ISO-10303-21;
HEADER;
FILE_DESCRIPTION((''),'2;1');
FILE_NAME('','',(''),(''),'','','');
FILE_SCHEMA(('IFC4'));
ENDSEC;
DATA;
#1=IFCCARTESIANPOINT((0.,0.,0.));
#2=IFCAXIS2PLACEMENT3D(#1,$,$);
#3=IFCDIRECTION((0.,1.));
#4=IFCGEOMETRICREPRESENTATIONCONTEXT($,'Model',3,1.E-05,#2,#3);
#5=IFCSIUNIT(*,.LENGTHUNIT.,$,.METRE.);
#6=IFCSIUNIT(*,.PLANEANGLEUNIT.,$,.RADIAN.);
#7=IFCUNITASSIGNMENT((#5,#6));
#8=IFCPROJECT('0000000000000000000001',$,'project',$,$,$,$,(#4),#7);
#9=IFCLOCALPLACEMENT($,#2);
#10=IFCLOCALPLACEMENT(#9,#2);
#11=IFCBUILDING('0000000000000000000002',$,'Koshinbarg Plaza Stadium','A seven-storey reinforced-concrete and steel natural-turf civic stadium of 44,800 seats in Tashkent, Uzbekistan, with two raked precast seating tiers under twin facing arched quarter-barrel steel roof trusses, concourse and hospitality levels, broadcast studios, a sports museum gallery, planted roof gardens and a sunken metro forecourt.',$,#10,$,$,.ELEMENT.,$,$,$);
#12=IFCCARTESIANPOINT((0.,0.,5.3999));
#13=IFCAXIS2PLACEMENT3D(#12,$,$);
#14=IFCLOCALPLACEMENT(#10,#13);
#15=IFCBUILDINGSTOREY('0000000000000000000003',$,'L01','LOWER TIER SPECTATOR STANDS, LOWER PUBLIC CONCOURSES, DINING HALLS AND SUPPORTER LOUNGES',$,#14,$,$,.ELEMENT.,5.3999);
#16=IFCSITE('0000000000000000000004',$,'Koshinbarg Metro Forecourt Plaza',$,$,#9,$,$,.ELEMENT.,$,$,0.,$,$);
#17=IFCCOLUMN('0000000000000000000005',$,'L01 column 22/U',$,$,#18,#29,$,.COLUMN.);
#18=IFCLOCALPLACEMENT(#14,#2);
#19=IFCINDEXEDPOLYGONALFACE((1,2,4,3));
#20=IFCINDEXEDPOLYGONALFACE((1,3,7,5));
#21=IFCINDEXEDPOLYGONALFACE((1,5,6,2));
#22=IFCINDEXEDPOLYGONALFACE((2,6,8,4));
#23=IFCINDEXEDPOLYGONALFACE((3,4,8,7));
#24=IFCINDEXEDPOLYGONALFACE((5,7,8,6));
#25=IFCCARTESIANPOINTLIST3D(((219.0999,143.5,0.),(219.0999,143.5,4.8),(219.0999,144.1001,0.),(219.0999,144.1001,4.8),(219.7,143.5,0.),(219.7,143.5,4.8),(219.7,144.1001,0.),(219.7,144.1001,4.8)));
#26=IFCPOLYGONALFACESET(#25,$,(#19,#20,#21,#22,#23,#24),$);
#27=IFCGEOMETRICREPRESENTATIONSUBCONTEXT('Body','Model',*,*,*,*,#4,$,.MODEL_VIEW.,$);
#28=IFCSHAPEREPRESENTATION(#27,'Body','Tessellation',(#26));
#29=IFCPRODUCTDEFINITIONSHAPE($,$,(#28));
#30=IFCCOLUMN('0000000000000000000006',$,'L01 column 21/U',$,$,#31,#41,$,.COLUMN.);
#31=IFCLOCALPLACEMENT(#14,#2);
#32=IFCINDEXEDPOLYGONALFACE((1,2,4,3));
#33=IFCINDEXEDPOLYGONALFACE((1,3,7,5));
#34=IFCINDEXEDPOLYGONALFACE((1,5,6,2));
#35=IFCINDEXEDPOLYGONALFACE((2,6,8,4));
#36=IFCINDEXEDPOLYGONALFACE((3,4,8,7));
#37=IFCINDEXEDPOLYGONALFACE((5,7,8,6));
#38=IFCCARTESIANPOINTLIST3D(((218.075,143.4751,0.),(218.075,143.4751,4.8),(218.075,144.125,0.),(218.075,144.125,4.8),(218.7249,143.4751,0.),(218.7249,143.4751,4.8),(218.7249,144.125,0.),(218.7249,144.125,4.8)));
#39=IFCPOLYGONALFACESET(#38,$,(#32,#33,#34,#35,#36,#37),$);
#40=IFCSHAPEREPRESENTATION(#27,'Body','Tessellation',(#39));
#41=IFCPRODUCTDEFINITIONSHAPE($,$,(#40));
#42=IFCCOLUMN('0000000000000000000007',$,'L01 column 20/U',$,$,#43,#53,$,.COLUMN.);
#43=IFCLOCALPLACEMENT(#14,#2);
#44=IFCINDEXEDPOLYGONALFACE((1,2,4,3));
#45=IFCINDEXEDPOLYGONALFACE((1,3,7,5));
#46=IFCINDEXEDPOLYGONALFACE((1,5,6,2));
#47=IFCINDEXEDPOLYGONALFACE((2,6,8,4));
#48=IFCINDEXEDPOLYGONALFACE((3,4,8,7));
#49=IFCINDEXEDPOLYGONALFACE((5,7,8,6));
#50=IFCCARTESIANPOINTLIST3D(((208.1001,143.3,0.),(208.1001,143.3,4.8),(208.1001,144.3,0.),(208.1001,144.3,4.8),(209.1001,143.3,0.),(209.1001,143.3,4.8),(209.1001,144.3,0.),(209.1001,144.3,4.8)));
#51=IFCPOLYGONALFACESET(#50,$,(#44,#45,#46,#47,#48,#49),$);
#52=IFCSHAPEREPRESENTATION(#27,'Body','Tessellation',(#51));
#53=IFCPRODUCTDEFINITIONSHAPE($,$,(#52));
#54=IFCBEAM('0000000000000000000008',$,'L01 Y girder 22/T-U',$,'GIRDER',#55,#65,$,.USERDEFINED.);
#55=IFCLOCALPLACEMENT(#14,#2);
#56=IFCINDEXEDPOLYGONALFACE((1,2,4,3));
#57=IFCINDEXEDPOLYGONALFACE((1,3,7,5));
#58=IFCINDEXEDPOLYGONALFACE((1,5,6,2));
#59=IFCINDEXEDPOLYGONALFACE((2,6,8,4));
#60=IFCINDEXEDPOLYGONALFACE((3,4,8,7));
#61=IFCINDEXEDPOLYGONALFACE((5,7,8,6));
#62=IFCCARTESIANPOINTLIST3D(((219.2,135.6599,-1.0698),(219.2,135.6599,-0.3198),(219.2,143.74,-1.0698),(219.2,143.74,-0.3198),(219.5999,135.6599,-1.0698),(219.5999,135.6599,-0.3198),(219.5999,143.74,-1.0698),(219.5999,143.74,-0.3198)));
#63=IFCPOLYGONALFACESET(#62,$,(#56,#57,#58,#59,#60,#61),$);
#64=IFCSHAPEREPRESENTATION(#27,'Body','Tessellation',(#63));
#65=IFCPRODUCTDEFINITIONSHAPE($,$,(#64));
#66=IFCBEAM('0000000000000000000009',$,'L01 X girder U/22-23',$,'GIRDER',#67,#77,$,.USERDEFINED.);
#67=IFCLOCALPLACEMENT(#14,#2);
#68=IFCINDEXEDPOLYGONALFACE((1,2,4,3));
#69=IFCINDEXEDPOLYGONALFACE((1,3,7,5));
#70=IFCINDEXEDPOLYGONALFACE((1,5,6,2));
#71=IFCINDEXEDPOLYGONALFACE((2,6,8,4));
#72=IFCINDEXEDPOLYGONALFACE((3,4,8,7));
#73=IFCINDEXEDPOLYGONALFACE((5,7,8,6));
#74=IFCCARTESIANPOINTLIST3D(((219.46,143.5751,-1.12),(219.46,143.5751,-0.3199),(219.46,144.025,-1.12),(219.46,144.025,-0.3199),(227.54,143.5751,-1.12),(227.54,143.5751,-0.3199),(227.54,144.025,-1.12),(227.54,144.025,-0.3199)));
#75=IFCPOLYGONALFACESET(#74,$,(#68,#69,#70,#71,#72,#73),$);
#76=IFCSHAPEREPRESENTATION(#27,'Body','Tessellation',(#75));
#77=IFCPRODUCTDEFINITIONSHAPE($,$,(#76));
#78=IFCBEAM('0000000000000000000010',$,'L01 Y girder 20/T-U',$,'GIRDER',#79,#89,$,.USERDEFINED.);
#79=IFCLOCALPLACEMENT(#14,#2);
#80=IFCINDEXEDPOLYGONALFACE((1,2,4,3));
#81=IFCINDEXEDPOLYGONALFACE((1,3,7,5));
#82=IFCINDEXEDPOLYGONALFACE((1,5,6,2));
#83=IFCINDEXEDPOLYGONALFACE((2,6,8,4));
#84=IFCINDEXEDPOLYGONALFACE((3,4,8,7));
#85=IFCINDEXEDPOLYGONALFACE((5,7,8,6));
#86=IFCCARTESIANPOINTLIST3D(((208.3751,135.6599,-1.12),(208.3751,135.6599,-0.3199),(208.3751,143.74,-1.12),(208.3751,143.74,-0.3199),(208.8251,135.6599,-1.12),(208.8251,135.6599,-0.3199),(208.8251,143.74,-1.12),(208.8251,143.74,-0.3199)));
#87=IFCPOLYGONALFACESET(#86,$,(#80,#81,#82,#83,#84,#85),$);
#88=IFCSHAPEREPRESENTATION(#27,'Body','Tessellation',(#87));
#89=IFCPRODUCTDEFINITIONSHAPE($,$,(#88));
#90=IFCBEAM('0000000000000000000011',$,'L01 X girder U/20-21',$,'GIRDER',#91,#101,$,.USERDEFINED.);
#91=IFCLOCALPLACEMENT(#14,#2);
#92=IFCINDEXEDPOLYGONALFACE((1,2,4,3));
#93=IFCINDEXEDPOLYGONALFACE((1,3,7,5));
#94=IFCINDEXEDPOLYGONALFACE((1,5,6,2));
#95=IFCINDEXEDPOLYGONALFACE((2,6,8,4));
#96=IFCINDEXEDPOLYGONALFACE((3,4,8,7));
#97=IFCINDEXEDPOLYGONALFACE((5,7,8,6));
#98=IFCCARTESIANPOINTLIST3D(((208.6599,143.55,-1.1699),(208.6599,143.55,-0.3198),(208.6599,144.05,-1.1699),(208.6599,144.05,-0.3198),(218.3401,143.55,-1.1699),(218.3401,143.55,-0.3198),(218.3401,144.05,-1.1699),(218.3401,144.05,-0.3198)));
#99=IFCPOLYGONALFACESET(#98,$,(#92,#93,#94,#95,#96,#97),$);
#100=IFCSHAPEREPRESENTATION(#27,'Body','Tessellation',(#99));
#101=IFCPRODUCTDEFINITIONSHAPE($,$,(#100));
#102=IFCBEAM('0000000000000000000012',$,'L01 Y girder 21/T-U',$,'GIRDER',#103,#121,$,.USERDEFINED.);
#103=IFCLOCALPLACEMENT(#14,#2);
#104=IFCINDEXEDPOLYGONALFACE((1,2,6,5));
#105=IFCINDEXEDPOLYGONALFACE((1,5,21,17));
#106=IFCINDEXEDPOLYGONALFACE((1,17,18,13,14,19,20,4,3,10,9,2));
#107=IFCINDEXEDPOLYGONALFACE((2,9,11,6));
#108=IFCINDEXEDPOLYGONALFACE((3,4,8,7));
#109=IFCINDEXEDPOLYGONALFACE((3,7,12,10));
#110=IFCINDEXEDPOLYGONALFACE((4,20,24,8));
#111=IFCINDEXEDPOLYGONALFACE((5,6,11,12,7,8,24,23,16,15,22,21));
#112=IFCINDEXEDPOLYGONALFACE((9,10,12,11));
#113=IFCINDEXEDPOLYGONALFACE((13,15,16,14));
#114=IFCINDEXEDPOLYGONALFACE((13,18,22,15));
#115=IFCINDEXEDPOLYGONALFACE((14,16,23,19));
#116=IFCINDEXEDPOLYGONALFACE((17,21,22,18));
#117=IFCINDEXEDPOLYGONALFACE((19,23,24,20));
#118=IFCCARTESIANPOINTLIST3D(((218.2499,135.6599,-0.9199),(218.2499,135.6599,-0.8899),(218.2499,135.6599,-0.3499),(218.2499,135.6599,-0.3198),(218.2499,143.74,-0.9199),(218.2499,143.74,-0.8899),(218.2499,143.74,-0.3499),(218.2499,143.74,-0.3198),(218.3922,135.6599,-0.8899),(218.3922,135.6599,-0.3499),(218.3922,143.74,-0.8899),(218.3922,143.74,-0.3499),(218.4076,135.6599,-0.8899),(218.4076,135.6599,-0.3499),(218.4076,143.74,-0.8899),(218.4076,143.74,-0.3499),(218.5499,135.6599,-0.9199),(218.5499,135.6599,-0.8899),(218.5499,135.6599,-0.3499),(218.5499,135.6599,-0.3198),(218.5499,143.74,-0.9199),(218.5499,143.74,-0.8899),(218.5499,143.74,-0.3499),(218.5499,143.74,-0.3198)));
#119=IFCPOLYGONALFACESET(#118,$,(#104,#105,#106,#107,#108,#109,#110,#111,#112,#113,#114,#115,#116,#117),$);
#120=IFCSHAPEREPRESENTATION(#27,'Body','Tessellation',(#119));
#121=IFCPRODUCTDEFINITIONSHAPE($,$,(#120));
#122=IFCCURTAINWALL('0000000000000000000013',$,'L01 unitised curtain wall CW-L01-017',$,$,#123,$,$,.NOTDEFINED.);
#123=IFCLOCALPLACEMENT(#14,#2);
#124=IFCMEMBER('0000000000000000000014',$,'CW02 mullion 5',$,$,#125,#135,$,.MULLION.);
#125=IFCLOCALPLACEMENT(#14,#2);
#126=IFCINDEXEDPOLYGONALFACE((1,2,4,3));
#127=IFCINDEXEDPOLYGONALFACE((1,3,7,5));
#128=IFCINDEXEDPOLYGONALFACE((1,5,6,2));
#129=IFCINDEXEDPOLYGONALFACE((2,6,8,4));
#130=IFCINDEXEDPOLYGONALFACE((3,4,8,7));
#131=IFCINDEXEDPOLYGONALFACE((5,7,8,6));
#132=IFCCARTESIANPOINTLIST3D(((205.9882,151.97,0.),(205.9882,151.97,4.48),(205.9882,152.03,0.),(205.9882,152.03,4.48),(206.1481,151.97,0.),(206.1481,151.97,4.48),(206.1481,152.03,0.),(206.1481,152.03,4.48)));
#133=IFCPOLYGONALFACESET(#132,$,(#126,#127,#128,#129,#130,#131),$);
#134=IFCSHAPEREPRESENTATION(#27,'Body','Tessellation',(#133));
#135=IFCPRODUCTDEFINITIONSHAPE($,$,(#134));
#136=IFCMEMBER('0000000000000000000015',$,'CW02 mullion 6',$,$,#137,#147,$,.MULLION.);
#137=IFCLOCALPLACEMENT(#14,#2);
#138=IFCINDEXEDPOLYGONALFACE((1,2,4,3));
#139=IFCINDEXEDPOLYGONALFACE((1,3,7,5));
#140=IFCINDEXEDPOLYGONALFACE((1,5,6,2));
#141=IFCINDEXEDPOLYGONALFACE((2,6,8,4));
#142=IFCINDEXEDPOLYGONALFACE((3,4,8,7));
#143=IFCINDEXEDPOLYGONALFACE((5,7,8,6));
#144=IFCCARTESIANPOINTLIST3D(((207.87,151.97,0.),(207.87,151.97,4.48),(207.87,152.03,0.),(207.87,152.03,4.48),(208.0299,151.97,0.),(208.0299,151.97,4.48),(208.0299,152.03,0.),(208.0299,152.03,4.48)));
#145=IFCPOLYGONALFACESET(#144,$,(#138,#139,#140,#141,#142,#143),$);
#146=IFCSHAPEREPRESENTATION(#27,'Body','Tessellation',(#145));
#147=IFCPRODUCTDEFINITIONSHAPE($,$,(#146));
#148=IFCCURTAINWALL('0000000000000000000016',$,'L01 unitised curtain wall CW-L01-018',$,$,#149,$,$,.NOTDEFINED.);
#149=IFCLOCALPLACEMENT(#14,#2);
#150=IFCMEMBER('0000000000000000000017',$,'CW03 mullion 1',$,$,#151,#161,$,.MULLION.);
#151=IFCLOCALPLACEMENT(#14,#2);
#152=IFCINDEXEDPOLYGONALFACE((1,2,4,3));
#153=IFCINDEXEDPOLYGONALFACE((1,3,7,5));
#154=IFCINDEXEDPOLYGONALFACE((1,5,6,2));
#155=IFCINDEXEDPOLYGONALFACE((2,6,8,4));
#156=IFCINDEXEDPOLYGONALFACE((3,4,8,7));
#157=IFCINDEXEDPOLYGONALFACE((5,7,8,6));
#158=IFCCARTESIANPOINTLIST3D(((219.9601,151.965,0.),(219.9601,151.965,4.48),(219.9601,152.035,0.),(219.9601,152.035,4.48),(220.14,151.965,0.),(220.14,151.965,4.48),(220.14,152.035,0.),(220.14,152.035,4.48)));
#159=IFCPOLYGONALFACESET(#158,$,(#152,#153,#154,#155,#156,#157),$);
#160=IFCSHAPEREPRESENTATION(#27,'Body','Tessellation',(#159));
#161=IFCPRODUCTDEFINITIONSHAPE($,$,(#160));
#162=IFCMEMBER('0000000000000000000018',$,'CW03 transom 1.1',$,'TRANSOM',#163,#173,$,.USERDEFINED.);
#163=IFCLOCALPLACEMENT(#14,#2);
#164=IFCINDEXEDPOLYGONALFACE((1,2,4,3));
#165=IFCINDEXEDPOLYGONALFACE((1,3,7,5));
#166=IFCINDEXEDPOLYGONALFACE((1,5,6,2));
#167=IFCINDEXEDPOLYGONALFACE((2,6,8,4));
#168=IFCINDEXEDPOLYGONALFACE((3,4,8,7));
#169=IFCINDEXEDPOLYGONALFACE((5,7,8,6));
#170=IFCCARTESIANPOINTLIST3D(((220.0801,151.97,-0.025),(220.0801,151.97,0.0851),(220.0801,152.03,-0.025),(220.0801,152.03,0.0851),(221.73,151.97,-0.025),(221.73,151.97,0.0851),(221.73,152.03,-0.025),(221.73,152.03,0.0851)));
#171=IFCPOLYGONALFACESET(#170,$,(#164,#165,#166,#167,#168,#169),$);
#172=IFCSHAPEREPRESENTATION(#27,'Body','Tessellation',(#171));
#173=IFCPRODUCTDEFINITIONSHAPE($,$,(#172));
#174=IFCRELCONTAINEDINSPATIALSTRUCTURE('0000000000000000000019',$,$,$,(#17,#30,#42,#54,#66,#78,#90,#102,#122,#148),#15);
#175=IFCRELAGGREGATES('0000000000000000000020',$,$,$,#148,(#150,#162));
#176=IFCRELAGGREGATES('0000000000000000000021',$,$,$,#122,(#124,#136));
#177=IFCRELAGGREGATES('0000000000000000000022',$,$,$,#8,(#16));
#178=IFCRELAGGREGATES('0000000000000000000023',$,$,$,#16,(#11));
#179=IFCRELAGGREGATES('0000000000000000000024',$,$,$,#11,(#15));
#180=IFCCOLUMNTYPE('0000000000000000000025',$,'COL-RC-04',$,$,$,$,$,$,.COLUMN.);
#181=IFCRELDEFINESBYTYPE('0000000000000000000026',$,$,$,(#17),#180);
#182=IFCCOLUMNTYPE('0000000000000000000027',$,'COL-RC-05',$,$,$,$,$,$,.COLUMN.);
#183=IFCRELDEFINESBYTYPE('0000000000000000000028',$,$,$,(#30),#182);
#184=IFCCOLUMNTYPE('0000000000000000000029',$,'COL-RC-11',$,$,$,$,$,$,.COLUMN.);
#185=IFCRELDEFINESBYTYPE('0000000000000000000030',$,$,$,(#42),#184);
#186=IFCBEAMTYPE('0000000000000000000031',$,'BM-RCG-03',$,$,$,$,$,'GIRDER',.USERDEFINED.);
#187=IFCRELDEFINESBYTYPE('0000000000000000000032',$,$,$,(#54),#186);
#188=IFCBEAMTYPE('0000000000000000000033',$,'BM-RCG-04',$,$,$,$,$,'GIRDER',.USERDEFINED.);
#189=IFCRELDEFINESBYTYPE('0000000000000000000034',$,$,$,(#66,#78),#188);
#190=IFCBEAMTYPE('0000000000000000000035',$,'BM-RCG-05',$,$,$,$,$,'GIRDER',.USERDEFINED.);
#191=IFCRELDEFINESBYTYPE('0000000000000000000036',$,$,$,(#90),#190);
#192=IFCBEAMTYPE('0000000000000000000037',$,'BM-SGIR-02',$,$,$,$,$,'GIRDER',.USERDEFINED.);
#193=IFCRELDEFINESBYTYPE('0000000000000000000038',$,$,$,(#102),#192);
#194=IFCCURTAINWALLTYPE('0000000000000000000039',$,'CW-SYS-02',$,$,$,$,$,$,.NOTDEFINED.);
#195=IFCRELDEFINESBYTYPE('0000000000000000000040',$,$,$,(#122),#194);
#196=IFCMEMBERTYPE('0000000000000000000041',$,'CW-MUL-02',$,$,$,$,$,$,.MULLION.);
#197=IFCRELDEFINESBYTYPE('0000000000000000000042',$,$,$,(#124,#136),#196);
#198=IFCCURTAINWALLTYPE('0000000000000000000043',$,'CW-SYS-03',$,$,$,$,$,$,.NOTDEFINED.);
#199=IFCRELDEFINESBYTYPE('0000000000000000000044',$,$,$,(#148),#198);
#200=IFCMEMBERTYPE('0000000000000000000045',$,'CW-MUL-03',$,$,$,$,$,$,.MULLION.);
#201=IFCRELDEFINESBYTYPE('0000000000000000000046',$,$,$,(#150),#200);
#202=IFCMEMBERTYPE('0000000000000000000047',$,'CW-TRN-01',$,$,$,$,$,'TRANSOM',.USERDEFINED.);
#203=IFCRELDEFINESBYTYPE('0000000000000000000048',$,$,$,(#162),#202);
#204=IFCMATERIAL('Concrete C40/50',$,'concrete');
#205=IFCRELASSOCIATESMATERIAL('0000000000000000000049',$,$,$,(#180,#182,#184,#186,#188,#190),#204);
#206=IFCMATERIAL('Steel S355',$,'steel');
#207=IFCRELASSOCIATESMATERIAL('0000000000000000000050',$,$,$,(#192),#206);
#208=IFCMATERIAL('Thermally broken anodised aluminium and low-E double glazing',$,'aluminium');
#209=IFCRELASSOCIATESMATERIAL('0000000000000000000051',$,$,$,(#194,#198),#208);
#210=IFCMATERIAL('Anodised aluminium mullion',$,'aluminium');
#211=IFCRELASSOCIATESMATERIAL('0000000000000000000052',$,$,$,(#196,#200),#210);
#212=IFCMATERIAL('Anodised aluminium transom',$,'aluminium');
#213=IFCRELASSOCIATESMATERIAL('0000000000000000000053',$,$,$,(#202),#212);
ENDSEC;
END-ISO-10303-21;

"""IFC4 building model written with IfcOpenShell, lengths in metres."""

from ifc_helpers import new_model, si_unit, direction, frame, origin, origin_2d, place, context, subcontext, project, spatial, rectangle, i_section, extrude, material, material_profile, profile_set, type_object, element, aggregate, save


model = new_model("IFC4")

# Units and contexts
model_context = context("Model", 3, precision=1e-05, world=origin(), true_north=direction((0.0, 1.0)))
body_context = subcontext(model_context, "Body", "Model", "MODEL_VIEW")
ifc_project = project(units=[si_unit("LENGTHUNIT", "METRE"), si_unit("PLANEANGLEUNIT", "RADIAN")], contexts=[model_context])

# Site, building, storey
site_placement = place(None, origin())
site = spatial("IfcSite", under=ifc_project, at=site_placement, Name="Koshinbarg Metro Forecourt Plaza", CompositionType="ELEMENT", RefElevation=0.0)
building_placement = place(site_placement, origin())
building = spatial("IfcBuilding", under=site, at=building_placement, Name="Koshinbarg Plaza Stadium", Description="A seven-storey reinforced-concrete and steel natural-turf civic stadium of 44,800 seats in Tashkent, Uzbekistan, with two raked precast seating tiers under twin facing arched quarter-barrel steel roof trusses, concourse and hospitality levels, broadcast studios, a sports museum gallery, planted roof gardens and a sunken metro forecourt.", CompositionType="ELEMENT")
storey_placement = place(building_placement, frame((0.0, 0.0, 5.3999)))
storey = spatial("IfcBuildingStorey", under=building, at=storey_placement, Name="L01", Description="LOWER TIER SPECTATOR STANDS, LOWER PUBLIC CONCOURSES, DINING HALLS AND SUPPORTER LOUNGES", CompositionType="ELEMENT", Elevation=5.3999)

# Columns
ifc_material_1 = material(Name="Concrete C40/50", Category="concrete")
ifc_material_profile_1 = material_profile(ifc_material_1, rectangle(XDim=0.6001, YDim=0.6001, at=origin_2d()), Name="RC 600x600")
ifc_profile_set_1 = profile_set([ifc_material_profile_1], Name="Concrete C40/50")
column_type_1 = type_object("IfcColumnType", Name="COL-RC-04", PredefinedType="COLUMN", material=ifc_profile_set_1)
column_1_placement = place(storey_placement, frame((219.3999, 143.8, 0.0), z_axis=(0.0, 0.0, 1.0), x_axis=(1.0, 0.0, 0.0)))
element("IfcColumn", 1, at=column_1_placement, inside=storey, type_object=column_type_1, Name="L01 column 22/U", PredefinedType="COLUMN", context=body_context, shape_type="SweptSolid", body=[
    extrude(rectangle(XDim=0.6001, YDim=0.6001, at=origin_2d()), origin(), (0.0, 0.0, 1.0), 4.8),
])
ifc_material_profile_2 = material_profile(ifc_material_1, rectangle(XDim=0.6499, YDim=0.6499, at=origin_2d()), Name="RC 650x650")
ifc_profile_set_2 = profile_set([ifc_material_profile_2], Name="Concrete C40/50")
column_type_2 = type_object("IfcColumnType", Name="COL-RC-05", PredefinedType="COLUMN", material=ifc_profile_set_2)
column_2_placement = place(storey_placement, frame((218.3999, 143.8, 0.0), z_axis=(0.0, 0.0, 1.0), x_axis=(1.0, 0.0, 0.0)))
element("IfcColumn", 2, at=column_2_placement, inside=storey, type_object=column_type_2, Name="L01 column 21/U", PredefinedType="COLUMN", context=body_context, shape_type="SweptSolid", body=[
    extrude(rectangle(XDim=0.6499, YDim=0.6499, at=origin_2d()), origin(), (0.0, 0.0, 1.0), 4.8),
])
ifc_material_profile_3 = material_profile(ifc_material_1, rectangle(XDim=1.0, YDim=1.0, at=origin_2d()), Name="RC 1000x1000")
ifc_profile_set_3 = profile_set([ifc_material_profile_3], Name="Concrete C40/50")
column_type_3 = type_object("IfcColumnType", Name="COL-RC-11", PredefinedType="COLUMN", material=ifc_profile_set_3)
column_3_placement = place(storey_placement, frame((208.6001, 143.8, 0.0), z_axis=(0.0, 0.0, 1.0), x_axis=(1.0, 0.0, 0.0)))
element("IfcColumn", 3, at=column_3_placement, inside=storey, type_object=column_type_3, Name="L01 column 20/U", PredefinedType="COLUMN", context=body_context, shape_type="SweptSolid", body=[
    extrude(rectangle(XDim=1.0, YDim=1.0, at=origin_2d()), origin(), (0.0, 0.0, 1.0), 4.8),
])

# Beams
ifc_material_profile_4 = material_profile(ifc_material_1, rectangle(XDim=0.3999, YDim=0.75, at=origin_2d()), Name="RC 400x750")
ifc_profile_set_4 = profile_set([ifc_material_profile_4], Name="Concrete C40/50")
beam_type_1 = type_object("IfcBeamType", Name="BM-RCG-03", ElementType="GIRDER", PredefinedType="USERDEFINED", material=ifc_profile_set_4)
beam_1_placement = place(storey_placement, frame((219.3999, 135.6599, -0.6948), z_axis=(0.0, 1.0, 0.0), x_axis=(-1.0, 0.0, 0.0)))
element("IfcBeam", 4, at=beam_1_placement, inside=storey, type_object=beam_type_1, Name="L01 Y girder 22/T-U", ObjectType="GIRDER", PredefinedType="USERDEFINED", context=body_context, shape_type="SweptSolid", body=[
    extrude(rectangle(XDim=0.3999, YDim=0.75, at=origin_2d()), origin(), (0.0, 0.0, 1.0), 8.0801),
])
ifc_material_profile_5 = material_profile(ifc_material_1, rectangle(XDim=0.45, YDim=0.8, at=origin_2d()), Name="RC 450x800")
ifc_profile_set_5 = profile_set([ifc_material_profile_5], Name="Concrete C40/50")
beam_type_2 = type_object("IfcBeamType", Name="BM-RCG-04", ElementType="GIRDER", PredefinedType="USERDEFINED", material=ifc_profile_set_5)
for number, where, z_axis, x_axis, name in (
    (5, (219.46, 143.8, -0.72), (1.0, 0.0, 0.0), (0.0, 1.0, 0.0), "L01 X girder U/22-23"),
    (6, (208.6001, 135.6599, -0.72), (0.0, 1.0, 0.0), (-1.0, 0.0, 0.0), "L01 Y girder 20/T-U"),
):
    element("IfcBeam", number, at=place(storey_placement, frame(where, z_axis=z_axis, x_axis=x_axis)), inside=storey, type_object=beam_type_2, Name=name, ObjectType="GIRDER", PredefinedType="USERDEFINED", context=body_context, shape_type="SweptSolid", body=[
        extrude(rectangle(XDim=0.45, YDim=0.8, at=origin_2d()), origin(), (0.0, 0.0, 1.0), 8.0801),
    ])
ifc_material_profile_6 = material_profile(ifc_material_1, rectangle(XDim=0.5, YDim=0.8501, at=origin_2d()), Name="RC 500x850")
ifc_profile_set_6 = profile_set([ifc_material_profile_6], Name="Concrete C40/50")
beam_type_3 = type_object("IfcBeamType", Name="BM-RCG-05", ElementType="GIRDER", PredefinedType="USERDEFINED", material=ifc_profile_set_6)
beam_2_placement = place(storey_placement, frame((208.6599, 143.8, -0.7449), z_axis=(1.0, 0.0, 0.0), x_axis=(0.0, 1.0, 0.0)))
element("IfcBeam", 7, at=beam_2_placement, inside=storey, type_object=beam_type_3, Name="L01 X girder U/20-21", ObjectType="GIRDER", PredefinedType="USERDEFINED", context=body_context, shape_type="SweptSolid", body=[
    extrude(rectangle(XDim=0.5, YDim=0.8501, at=origin_2d()), origin(), (0.0, 0.0, 1.0), 9.6802),
])
ifc_material_2 = material(Name="Steel S355", Category="steel")
ifc_material_profile_7 = material_profile(ifc_material_2, i_section(OverallWidth=0.3, OverallDepth=0.6001, WebThickness=0.0154, FlangeThickness=0.03, at=origin_2d()), Name="HEB 600")
ifc_profile_set_7 = profile_set([ifc_material_profile_7], Name="Steel S355")
beam_type_4 = type_object("IfcBeamType", Name="BM-SGIR-02", ElementType="GIRDER", PredefinedType="USERDEFINED", material=ifc_profile_set_7)
beam_3_placement = place(storey_placement, frame((218.3999, 135.6599, -0.6199), z_axis=(0.0, 1.0, 0.0), x_axis=(-1.0, 0.0, 0.0)))
element("IfcBeam", 8, at=beam_3_placement, inside=storey, type_object=beam_type_4, Name="L01 Y girder 21/T-U", ObjectType="GIRDER", PredefinedType="USERDEFINED", context=body_context, shape_type="SweptSolid", body=[
    extrude(i_section(OverallWidth=0.3, OverallDepth=0.6001, WebThickness=0.0154, FlangeThickness=0.03, at=origin_2d()), origin(), (0.0, 0.0, 1.0), 8.0801),
])

# Curtain walls, members
ifc_material_3 = material(Name="Thermally broken anodised aluminium and low-E double glazing", Category="aluminium")
curtain_wall_type_1 = type_object("IfcCurtainWallType", Name="CW-SYS-02", PredefinedType="NOTDEFINED", material=ifc_material_3)
curtain_wall_1_placement = place(storey_placement, origin())
curtain_wall_1 = element("IfcCurtainWall", 9, at=curtain_wall_1_placement, inside=storey, type_object=curtain_wall_type_1, Name="L01 unitised curtain wall CW-L01-017", PredefinedType="NOTDEFINED")
ifc_material_4 = material(Name="Anodised aluminium mullion", Category="aluminium")
ifc_material_profile_8 = material_profile(ifc_material_4, rectangle(XDim=0.0601, YDim=0.1599, at=origin_2d()), Name="ALU 60x160")
ifc_profile_set_8 = profile_set([ifc_material_profile_8], Name="Anodised aluminium mullion")
member_type_1 = type_object("IfcMemberType", Name="CW-MUL-02", PredefinedType="MULLION", material=ifc_profile_set_8)
member_1_placement = place(storey_placement, frame((206.0681, 152.0, 0.0), z_axis=(0.0, 0.0, 1.0), x_axis=(0.0, 1.0, 0.0)))
member_1 = element("IfcMember", 10, at=member_1_placement, type_object=member_type_1, Name="CW02 mullion 5", PredefinedType="MULLION", context=body_context, shape_type="SweptSolid", body=[
    extrude(rectangle(XDim=0.0601, YDim=0.1599, at=origin_2d()), origin(), (0.0, 0.0, 1.0), 4.48),
])
member_2_placement = place(storey_placement, frame((207.95, 152.0, 0.0), z_axis=(0.0, 0.0, 1.0), x_axis=(0.0, 1.0, 0.0)))
member_2 = element("IfcMember", 11, at=member_2_placement, type_object=member_type_1, Name="CW02 mullion 6", PredefinedType="MULLION", context=body_context, shape_type="SweptSolid", body=[
    extrude(rectangle(XDim=0.0601, YDim=0.1599, at=origin_2d()), origin(), (0.0, 0.0, 1.0), 4.48),
])
curtain_wall_type_2 = type_object("IfcCurtainWallType", Name="CW-SYS-03", PredefinedType="NOTDEFINED", material=ifc_material_3)
curtain_wall_2_placement = place(storey_placement, origin())
curtain_wall_2 = element("IfcCurtainWall", 12, at=curtain_wall_2_placement, inside=storey, type_object=curtain_wall_type_2, Name="L01 unitised curtain wall CW-L01-018", PredefinedType="NOTDEFINED")
ifc_material_profile_9 = material_profile(ifc_material_4, rectangle(XDim=0.0701, YDim=0.1799, at=origin_2d()), Name="ALU 70x180")
ifc_profile_set_9 = profile_set([ifc_material_profile_9], Name="Anodised aluminium mullion")
member_type_2 = type_object("IfcMemberType", Name="CW-MUL-03", PredefinedType="MULLION", material=ifc_profile_set_9)
member_3_placement = place(storey_placement, frame((220.05, 152.0, 0.0), z_axis=(0.0, 0.0, 1.0), x_axis=(0.0, 1.0, 0.0)))
member_3 = element("IfcMember", 13, at=member_3_placement, type_object=member_type_2, Name="CW03 mullion 1", PredefinedType="MULLION", context=body_context, shape_type="SweptSolid", body=[
    extrude(rectangle(XDim=0.0701, YDim=0.1799, at=origin_2d()), origin(), (0.0, 0.0, 1.0), 4.48),
])
ifc_material_5 = material(Name="Anodised aluminium transom", Category="aluminium")
ifc_material_profile_10 = material_profile(ifc_material_5, rectangle(XDim=0.0601, YDim=0.1101, at=origin_2d()), Name="ALU 60x110")
ifc_profile_set_10 = profile_set([ifc_material_profile_10], Name="Anodised aluminium transom")
member_type_3 = type_object("IfcMemberType", Name="CW-TRN-01", ElementType="TRANSOM", PredefinedType="USERDEFINED", material=ifc_profile_set_10)
member_4_placement = place(storey_placement, frame((220.0801, 152.0, 0.03), z_axis=(1.0, 0.0, 0.0), x_axis=(0.0, 1.0, 0.0)))
member_4 = element("IfcMember", 14, at=member_4_placement, type_object=member_type_3, Name="CW03 transom 1.1", ObjectType="TRANSOM", PredefinedType="USERDEFINED", context=body_context, shape_type="SweptSolid", body=[
    extrude(rectangle(XDim=0.0601, YDim=0.1101, at=origin_2d()), origin(), (0.0, 0.0, 1.0), 1.6499),
])

aggregate(curtain_wall_2, [member_3, member_4])
aggregate(curtain_wall_1, [member_1, member_2])

save(model, "model.ifc")
